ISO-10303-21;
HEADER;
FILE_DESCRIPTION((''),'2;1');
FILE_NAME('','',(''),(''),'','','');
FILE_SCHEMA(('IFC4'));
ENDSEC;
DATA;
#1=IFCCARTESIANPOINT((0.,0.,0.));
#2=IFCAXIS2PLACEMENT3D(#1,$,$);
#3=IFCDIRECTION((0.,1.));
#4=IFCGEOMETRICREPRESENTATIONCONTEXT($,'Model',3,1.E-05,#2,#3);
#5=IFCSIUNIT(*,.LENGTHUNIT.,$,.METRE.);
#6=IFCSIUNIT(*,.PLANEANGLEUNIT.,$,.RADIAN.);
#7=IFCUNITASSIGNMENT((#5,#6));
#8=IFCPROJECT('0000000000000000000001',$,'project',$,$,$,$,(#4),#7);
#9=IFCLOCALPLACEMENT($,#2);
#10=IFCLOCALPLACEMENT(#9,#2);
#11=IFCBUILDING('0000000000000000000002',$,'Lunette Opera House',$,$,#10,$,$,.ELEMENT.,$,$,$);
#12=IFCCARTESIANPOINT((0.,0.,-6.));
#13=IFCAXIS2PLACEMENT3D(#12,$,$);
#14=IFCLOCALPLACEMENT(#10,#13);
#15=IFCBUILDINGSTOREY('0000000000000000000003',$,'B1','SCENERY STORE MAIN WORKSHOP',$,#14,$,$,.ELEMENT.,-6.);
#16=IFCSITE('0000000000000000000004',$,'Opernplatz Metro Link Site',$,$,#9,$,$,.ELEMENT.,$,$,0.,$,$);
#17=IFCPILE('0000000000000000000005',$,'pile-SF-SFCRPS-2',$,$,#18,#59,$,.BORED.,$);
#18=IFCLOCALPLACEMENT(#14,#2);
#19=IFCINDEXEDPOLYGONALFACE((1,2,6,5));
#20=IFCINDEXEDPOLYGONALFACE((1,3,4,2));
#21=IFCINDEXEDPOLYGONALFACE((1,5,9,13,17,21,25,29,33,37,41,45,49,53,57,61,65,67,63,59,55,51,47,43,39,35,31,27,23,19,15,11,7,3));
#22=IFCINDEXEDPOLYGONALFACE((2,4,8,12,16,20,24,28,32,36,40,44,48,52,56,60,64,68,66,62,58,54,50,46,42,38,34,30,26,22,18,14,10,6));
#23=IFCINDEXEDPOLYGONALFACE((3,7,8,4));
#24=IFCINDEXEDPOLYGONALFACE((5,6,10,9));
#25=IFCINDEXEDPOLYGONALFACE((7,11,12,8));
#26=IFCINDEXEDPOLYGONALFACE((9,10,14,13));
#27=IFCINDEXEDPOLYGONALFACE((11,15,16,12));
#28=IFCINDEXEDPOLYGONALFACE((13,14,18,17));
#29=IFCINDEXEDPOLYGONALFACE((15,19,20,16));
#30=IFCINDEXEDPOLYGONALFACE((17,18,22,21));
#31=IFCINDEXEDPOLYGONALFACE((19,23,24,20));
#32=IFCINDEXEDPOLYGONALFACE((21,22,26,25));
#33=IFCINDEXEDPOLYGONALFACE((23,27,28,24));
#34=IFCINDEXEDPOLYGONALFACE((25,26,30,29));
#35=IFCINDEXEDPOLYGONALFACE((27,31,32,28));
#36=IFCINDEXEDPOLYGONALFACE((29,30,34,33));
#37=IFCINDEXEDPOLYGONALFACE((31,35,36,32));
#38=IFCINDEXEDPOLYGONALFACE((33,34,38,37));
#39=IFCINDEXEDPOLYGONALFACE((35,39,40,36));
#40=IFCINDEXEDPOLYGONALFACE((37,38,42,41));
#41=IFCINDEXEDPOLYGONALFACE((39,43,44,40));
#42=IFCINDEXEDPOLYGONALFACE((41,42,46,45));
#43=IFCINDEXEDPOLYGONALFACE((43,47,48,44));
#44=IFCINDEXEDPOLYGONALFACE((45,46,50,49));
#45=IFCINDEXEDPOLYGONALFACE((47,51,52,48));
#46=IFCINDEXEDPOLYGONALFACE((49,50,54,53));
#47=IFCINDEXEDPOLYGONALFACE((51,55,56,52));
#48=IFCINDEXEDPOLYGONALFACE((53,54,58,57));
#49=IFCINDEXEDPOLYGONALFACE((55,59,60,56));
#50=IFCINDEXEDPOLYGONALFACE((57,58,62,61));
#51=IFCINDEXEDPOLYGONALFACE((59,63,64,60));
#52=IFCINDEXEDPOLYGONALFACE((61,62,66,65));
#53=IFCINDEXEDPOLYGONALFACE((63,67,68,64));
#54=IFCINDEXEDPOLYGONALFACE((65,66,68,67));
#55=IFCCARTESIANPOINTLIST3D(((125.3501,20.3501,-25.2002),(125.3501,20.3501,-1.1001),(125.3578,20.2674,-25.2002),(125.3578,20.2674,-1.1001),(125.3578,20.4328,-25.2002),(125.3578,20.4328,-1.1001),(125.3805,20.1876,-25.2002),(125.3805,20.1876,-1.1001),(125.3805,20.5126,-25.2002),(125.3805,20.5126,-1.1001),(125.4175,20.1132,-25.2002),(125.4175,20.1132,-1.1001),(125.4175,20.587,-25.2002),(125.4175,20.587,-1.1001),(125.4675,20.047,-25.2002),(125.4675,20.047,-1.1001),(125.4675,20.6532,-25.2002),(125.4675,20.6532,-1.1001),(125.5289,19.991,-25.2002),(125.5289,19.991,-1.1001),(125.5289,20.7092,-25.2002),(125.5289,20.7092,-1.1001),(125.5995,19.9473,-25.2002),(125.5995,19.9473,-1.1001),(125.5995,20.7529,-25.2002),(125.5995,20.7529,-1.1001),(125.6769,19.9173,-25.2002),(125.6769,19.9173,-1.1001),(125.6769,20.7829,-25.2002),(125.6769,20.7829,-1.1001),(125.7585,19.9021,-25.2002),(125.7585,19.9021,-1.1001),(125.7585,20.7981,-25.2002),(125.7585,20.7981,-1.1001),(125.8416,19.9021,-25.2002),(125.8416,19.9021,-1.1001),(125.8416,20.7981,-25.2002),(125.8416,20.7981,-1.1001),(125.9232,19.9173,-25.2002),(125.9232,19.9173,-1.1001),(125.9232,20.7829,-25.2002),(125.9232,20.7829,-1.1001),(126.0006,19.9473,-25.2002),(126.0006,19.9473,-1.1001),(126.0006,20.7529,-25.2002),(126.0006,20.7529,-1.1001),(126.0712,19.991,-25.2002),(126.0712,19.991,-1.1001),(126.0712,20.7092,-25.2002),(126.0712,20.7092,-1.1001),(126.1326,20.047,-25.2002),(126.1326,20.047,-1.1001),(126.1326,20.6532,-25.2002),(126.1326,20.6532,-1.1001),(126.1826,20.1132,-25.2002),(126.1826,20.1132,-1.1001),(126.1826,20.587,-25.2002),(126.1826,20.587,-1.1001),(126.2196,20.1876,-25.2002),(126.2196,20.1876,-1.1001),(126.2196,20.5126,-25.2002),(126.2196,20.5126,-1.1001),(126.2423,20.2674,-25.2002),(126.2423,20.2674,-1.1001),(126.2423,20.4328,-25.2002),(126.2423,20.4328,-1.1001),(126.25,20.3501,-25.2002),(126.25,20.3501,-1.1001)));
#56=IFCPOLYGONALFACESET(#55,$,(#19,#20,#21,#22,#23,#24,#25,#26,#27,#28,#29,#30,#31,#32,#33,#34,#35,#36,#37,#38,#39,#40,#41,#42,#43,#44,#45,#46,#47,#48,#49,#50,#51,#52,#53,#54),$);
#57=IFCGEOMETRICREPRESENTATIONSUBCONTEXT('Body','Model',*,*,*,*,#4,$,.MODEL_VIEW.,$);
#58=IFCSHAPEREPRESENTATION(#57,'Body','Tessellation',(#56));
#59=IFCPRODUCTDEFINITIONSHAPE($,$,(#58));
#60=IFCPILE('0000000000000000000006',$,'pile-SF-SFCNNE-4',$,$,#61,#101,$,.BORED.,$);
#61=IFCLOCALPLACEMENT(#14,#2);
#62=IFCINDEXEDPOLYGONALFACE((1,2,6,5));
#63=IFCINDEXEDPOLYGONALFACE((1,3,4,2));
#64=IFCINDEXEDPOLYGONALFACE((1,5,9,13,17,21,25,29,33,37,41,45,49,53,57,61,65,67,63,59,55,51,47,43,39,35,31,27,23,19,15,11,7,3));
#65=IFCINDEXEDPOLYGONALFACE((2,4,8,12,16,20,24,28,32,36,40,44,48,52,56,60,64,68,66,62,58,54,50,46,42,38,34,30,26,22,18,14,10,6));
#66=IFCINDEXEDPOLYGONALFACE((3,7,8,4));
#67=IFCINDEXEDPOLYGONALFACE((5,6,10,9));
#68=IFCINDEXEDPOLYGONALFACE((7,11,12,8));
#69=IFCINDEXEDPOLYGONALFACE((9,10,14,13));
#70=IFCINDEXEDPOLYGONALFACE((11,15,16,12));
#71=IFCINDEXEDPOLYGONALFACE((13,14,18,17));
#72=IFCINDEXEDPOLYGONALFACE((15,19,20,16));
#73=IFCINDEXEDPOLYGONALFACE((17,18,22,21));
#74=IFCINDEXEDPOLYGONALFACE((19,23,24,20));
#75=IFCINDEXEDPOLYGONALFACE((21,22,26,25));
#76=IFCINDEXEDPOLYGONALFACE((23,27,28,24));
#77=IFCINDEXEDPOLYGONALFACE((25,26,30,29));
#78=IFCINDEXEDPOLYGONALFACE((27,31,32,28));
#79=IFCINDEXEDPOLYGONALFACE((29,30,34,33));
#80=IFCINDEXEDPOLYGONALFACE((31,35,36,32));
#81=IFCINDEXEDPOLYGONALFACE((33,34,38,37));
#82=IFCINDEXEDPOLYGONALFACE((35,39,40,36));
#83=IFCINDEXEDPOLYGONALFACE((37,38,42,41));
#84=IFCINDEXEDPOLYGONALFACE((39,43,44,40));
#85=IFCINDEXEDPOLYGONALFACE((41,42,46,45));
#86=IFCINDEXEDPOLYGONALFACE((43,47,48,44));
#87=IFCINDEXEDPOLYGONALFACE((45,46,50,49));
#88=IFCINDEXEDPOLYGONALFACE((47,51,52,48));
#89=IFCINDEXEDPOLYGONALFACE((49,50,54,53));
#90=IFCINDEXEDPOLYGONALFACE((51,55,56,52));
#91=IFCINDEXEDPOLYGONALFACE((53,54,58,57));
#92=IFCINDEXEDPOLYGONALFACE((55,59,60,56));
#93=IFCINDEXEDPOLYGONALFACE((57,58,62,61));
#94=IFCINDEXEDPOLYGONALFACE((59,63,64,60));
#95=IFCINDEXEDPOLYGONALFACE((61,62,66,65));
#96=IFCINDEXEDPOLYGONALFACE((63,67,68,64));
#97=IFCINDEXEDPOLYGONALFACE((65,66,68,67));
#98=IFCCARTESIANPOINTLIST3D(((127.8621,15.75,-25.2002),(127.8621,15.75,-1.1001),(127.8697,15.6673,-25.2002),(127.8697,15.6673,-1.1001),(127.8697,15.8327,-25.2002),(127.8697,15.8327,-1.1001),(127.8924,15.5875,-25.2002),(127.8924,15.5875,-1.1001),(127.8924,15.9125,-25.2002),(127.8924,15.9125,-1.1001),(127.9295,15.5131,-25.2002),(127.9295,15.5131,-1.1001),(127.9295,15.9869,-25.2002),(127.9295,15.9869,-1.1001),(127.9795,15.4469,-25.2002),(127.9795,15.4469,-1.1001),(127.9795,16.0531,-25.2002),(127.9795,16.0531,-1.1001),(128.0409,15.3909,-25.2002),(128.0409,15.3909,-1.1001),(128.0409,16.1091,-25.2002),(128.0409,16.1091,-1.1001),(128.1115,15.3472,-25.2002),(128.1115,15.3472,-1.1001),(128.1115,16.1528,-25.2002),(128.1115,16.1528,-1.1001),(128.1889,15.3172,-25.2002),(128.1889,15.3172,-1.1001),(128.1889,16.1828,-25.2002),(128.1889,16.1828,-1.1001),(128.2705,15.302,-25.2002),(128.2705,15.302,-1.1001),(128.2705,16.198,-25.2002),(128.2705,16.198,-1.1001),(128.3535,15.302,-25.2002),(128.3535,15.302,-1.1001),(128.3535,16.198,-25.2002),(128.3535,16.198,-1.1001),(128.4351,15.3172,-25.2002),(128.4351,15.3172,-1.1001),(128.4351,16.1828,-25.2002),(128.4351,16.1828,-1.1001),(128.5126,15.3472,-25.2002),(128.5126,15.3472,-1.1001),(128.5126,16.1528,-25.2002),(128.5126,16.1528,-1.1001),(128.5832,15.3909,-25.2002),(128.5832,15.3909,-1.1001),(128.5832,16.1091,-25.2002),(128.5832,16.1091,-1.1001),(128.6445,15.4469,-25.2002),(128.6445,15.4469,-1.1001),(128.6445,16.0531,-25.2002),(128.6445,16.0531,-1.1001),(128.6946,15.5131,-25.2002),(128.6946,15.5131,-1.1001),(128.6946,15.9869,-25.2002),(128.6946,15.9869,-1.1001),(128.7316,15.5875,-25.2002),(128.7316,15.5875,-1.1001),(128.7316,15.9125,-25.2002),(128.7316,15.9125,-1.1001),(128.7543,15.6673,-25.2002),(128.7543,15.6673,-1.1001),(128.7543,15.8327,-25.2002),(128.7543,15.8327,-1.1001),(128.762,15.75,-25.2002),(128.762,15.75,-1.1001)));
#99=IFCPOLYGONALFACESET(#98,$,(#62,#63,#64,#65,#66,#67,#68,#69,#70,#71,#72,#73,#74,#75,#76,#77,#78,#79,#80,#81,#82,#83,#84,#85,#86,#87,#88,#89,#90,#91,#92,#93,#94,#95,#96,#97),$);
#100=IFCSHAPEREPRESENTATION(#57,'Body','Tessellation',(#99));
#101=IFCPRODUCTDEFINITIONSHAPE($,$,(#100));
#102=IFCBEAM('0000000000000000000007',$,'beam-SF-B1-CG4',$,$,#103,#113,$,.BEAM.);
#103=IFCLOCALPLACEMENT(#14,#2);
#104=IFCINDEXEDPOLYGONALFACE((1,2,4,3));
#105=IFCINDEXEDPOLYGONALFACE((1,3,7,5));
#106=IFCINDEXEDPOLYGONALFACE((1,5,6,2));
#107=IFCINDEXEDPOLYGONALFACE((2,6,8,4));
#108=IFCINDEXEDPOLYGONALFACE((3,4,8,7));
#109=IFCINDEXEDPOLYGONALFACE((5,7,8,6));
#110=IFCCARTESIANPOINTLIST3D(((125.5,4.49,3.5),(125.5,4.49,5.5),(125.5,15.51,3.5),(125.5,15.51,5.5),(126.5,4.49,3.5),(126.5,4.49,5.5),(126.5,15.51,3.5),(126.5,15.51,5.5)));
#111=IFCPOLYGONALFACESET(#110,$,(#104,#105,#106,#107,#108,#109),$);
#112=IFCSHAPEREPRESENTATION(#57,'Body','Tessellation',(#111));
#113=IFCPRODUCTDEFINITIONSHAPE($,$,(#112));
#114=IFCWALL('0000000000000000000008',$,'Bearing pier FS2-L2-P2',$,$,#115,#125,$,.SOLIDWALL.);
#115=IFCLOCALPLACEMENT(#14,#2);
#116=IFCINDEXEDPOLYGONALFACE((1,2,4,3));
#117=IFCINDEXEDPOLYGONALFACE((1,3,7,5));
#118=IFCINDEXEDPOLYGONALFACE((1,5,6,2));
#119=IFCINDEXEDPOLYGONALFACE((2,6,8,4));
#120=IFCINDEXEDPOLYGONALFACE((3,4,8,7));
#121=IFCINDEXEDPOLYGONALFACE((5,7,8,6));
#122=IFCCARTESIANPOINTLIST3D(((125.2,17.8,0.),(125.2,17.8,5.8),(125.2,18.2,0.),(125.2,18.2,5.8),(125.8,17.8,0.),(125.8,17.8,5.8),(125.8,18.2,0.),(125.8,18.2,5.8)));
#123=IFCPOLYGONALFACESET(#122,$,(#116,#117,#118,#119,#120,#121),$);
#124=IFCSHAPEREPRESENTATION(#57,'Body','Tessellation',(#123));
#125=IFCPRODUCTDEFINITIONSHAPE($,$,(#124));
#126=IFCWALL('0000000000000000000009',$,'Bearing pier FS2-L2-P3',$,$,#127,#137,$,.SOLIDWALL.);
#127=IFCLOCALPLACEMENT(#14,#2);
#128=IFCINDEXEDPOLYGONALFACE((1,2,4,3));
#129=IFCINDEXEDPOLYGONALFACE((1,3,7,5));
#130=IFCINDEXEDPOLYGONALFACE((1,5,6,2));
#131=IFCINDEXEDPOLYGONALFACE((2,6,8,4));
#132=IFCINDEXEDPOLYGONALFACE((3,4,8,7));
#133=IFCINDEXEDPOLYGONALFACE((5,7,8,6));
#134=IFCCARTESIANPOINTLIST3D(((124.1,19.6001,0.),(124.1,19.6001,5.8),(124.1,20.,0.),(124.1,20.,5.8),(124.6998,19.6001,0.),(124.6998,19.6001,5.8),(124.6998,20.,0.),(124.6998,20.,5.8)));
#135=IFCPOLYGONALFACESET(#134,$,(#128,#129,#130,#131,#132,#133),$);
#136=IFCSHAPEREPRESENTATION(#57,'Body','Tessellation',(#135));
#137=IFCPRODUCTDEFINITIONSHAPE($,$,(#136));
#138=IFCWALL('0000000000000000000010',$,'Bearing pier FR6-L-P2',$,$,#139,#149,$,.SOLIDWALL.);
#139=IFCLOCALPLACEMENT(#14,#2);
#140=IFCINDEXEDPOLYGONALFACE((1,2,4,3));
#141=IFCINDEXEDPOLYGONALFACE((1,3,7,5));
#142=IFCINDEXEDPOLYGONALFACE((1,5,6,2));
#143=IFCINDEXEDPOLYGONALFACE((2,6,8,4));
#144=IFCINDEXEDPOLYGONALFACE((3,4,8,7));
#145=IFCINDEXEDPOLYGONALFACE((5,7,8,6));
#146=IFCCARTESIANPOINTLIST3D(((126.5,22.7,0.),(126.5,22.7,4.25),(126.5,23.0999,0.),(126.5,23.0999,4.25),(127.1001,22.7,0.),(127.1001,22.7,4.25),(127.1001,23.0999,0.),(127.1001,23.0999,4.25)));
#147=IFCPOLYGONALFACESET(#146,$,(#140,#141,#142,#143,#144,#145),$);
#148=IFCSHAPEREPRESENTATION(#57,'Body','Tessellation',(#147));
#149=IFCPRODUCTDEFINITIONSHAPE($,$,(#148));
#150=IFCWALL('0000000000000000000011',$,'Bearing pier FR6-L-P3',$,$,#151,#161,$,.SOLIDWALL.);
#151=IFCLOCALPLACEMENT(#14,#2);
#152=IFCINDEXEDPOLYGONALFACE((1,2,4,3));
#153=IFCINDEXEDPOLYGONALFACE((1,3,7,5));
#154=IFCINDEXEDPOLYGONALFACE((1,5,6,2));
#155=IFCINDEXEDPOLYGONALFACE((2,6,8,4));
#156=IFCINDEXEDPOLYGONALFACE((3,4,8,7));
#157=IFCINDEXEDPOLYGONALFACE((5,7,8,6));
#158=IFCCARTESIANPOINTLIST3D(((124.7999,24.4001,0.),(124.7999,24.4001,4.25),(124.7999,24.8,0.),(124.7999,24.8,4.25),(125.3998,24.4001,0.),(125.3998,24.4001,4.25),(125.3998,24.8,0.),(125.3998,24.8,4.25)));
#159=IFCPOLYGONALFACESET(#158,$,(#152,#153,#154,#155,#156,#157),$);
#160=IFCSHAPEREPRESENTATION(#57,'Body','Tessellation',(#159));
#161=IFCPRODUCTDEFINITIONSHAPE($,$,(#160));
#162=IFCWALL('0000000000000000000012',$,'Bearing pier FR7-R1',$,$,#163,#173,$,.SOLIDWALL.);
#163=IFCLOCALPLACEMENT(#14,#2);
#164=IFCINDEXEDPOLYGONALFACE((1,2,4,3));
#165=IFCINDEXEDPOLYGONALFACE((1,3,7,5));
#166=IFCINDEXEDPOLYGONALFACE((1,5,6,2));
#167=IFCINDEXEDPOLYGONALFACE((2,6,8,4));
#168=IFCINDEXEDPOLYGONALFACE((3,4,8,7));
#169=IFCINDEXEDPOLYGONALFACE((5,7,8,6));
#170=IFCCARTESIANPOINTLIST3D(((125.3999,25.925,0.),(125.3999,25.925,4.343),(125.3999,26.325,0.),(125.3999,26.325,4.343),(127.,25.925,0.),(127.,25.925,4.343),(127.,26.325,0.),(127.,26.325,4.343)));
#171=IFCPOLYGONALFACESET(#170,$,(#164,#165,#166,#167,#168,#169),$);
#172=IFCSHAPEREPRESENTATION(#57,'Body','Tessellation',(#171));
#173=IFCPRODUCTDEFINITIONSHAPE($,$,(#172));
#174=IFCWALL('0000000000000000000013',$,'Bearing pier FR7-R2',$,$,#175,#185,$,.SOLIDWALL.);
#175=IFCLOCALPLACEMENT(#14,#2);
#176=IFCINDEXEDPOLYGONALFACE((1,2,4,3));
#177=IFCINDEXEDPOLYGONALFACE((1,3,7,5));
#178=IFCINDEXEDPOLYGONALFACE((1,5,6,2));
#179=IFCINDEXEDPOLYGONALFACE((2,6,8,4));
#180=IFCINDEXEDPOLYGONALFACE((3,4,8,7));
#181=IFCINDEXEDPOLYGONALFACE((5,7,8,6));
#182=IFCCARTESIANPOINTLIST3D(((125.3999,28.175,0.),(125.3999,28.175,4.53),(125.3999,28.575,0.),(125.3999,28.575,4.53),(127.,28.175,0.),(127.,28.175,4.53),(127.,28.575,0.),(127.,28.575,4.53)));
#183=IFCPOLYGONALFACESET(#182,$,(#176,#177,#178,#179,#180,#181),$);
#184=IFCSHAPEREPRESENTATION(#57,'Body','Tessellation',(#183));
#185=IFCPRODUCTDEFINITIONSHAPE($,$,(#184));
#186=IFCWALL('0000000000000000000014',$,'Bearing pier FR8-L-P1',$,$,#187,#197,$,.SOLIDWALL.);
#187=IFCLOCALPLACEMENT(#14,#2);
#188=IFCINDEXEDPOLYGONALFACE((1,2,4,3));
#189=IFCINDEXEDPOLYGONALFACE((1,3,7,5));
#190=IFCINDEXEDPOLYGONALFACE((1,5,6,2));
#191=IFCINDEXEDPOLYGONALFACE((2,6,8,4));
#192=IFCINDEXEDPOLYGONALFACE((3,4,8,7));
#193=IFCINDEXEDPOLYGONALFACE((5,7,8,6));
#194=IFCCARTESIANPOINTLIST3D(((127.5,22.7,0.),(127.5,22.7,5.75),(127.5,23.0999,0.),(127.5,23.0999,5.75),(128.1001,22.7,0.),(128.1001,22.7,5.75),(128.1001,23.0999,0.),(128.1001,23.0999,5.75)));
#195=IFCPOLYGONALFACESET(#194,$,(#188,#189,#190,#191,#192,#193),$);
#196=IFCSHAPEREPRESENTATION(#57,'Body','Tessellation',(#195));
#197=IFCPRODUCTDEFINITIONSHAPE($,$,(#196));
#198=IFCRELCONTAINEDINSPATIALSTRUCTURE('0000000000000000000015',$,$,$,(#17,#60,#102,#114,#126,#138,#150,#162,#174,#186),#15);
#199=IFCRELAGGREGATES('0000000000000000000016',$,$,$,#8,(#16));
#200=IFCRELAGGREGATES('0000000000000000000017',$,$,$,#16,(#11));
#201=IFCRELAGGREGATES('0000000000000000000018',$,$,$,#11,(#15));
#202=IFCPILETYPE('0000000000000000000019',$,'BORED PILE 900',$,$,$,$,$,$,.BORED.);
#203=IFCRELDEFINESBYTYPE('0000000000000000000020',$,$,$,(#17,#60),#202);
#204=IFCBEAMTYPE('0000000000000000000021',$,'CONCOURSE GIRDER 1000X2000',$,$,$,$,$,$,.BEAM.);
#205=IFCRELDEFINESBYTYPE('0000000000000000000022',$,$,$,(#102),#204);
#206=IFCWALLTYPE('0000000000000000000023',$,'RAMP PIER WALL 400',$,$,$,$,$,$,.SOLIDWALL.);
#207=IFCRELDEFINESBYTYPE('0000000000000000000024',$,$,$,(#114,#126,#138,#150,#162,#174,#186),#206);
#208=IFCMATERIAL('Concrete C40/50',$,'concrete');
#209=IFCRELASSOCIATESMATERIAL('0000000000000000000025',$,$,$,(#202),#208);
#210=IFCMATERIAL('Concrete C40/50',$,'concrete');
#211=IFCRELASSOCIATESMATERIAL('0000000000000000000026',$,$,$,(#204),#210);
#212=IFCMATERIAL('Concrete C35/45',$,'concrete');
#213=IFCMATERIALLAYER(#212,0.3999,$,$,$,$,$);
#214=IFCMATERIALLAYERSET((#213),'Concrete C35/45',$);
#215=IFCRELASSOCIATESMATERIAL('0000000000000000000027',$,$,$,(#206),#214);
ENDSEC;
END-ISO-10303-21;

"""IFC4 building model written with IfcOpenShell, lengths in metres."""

from ifc_helpers import new_model, si_unit, direction, frame, frame_2d, origin, origin_2d, place, context, subcontext, project, spatial, rectangle, circle, extrude, material, layer, layer_set, material_profile, profile_set, type_object, element, save


model = new_model("IFC4")

# Units and contexts
model_context = context("Model", 3, precision=1e-05, world=origin(), true_north=direction((0.0, 1.0)))
body_context = subcontext(model_context, "Body", "Model", "MODEL_VIEW")
ifc_project = project(units=[si_unit("LENGTHUNIT", "METRE"), si_unit("PLANEANGLEUNIT", "RADIAN")], contexts=[model_context])

# Site, building, storey
site_placement = place(None, origin())
site = spatial("IfcSite", under=ifc_project, at=site_placement, Name="Opernplatz Metro Link Site", CompositionType="ELEMENT", RefElevation=0.0)
building_placement = place(site_placement, origin())
building = spatial("IfcBuilding", under=site, at=building_placement, Name="Lunette Opera House", CompositionType="ELEMENT")
storey_placement = place(building_placement, frame((0.0, 0.0, -6.0)))
storey = spatial("IfcBuildingStorey", under=building, at=storey_placement, Name="B1", Description="SCENERY STORE MAIN WORKSHOP", CompositionType="ELEMENT", Elevation=-6.0)

# Piles
ifc_material_1 = material(Name="Concrete C40/50", Category="concrete")
ifc_material_profile_1 = material_profile(ifc_material_1, circle(Radius=0.45, at=origin_2d()), Name="BORED PILE 900")
ifc_profile_set_1 = profile_set([ifc_material_profile_1], Name="Concrete C40/50")
pile_type = type_object("IfcPileType", Name="BORED PILE 900", PredefinedType="BORED", material=ifc_profile_set_1)
for number, where, z_axis, x_axis, name in (
    (1, (125.8, 20.3501, -1.1001), (0.0, 0.0, -1.0), (1.0, 0.0, 0.0), "pile-SF-SFCRPS-2"),
    (2, (128.312, 15.75, -1.1001), (0.0, 0.0, -1.0), (1.0, 0.0, 0.0), "pile-SF-SFCNNE-4"),
):
    element("IfcPile", number, at=place(storey_placement, frame(where, z_axis=z_axis, x_axis=x_axis)), inside=storey, type_object=pile_type, Name=name, PredefinedType="BORED", context=body_context, shape_type="SweptSolid", body=[
        extrude(circle(Radius=0.45, at=origin_2d()), origin(), (0.0, 0.0, 1.0), 24.1001),
    ])

# Beam
ifc_material_2 = material(Name="Concrete C40/50", Category="concrete")
ifc_material_profile_2 = material_profile(ifc_material_2, rectangle(XDim=1.0, YDim=2.0, at=origin_2d()), Name="CONCOURSE GIRDER 1000X2000")
ifc_profile_set_2 = profile_set([ifc_material_profile_2], Name="Concrete C40/50")
beam_type = type_object("IfcBeamType", Name="CONCOURSE GIRDER 1000X2000", PredefinedType="BEAM", material=ifc_profile_set_2)
beam_placement = place(storey_placement, frame((126.0, 4.49, 4.5), z_axis=(0.0, 1.0, 0.0), x_axis=(-1.0, 0.0, 0.0)))
element("IfcBeam", 3, at=beam_placement, inside=storey, type_object=beam_type, Name="beam-SF-B1-CG4", PredefinedType="BEAM", context=body_context, shape_type="SweptSolid", body=[
    extrude(rectangle(XDim=1.0, YDim=2.0, at=origin_2d()), origin(), (0.0, 0.0, 1.0), 11.02),
])

# Walls
ifc_material_3 = material(Name="Concrete C35/45", Category="concrete")
ifc_layer_1 = layer(ifc_material_3, 0.3999)
ifc_layer_set_1 = layer_set([ifc_layer_1], Name="Concrete C35/45")
wall_type_1 = type_object("IfcWallType", Name="RAMP PIER WALL 400", PredefinedType="SOLIDWALL", material=ifc_layer_set_1)
wall_1_placement = place(storey_placement, frame((125.2, 18.0, 0.0), z_axis=(0.0, 0.0, 1.0), x_axis=(1.0, 0.0, 0.0)))
element("IfcWall", 4, at=wall_1_placement, inside=storey, type_object=wall_type_1, Name="Bearing pier FS2-L2-P2", PredefinedType="SOLIDWALL", context=body_context, shape_type="SweptSolid", body=[
    extrude(rectangle(XDim=0.6001, YDim=0.3999, at=frame_2d((0.3, 0.0))), origin(), (0.0, 0.0, 1.0), 5.8),
])
wall_2_placement = place(storey_placement, frame((124.1001, 19.8, 0.0), z_axis=(0.0, 0.0, 1.0), x_axis=(1.0, 0.0, 0.0)))
element("IfcWall", 5, at=wall_2_placement, inside=storey, type_object=wall_type_1, Name="Bearing pier FS2-L2-P3", PredefinedType="SOLIDWALL", context=body_context, shape_type="SweptSolid", body=[
    extrude(rectangle(XDim=0.5999, YDim=0.3999, at=frame_2d((0.2998, 0.0))), origin(), (0.0, 0.0, 1.0), 5.8),
])
wall_3_placement = place(storey_placement, frame((126.5, 22.8999, 0.0), z_axis=(0.0, 0.0, 1.0), x_axis=(1.0, 0.0, 0.0)))
element("IfcWall", 6, at=wall_3_placement, inside=storey, type_object=wall_type_1, Name="Bearing pier FR6-L-P2", PredefinedType="SOLIDWALL", context=body_context, shape_type="SweptSolid", body=[
    extrude(rectangle(XDim=0.6001, YDim=0.3999, at=frame_2d((0.3, 0.0))), origin(), (0.0, 0.0, 1.0), 4.25),
])
wall_4_placement = place(storey_placement, frame((124.8, 24.6001, 0.0), z_axis=(0.0, 0.0, 1.0), x_axis=(1.0, 0.0, 0.0)))
element("IfcWall", 7, at=wall_4_placement, inside=storey, type_object=wall_type_1, Name="Bearing pier FR6-L-P3", PredefinedType="SOLIDWALL", context=body_context, shape_type="SweptSolid", body=[
    extrude(rectangle(XDim=0.5999, YDim=0.3999, at=frame_2d((0.2998, 0.0))), origin(), (0.0, 0.0, 1.0), 4.25),
])
wall_5_placement = place(storey_placement, frame((125.3999, 26.125, 0.0), z_axis=(0.0, 0.0, 1.0), x_axis=(1.0, 0.0, 0.0)))
element("IfcWall", 8, at=wall_5_placement, inside=storey, type_object=wall_type_1, Name="Bearing pier FR7-R1", PredefinedType="SOLIDWALL", context=body_context, shape_type="SweptSolid", body=[
    extrude(rectangle(XDim=1.6001, YDim=0.3999, at=frame_2d((0.8, 0.0))), origin(), (0.0, 0.0, 1.0), 4.343),
])
wall_6_placement = place(storey_placement, frame((125.3999, 28.375, 0.0), z_axis=(0.0, 0.0, 1.0), x_axis=(1.0, 0.0, 0.0)))
element("IfcWall", 9, at=wall_6_placement, inside=storey, type_object=wall_type_1, Name="Bearing pier FR7-R2", PredefinedType="SOLIDWALL", context=body_context, shape_type="SweptSolid", body=[
    extrude(rectangle(XDim=1.6001, YDim=0.3999, at=frame_2d((0.8, 0.0))), origin(), (0.0, 0.0, 1.0), 4.53),
])
for number, where, z_axis, x_axis, name in (
    (10, (127.5, 22.8999, 0.0), (0.0, 0.0, 1.0), (1.0, 0.0, 0.0), "Bearing pier FR8-L-P1"),
):
    element("IfcWall", number, at=place(storey_placement, frame(where, z_axis=z_axis, x_axis=x_axis)), inside=storey, type_object=wall_type_1, Name=name, PredefinedType="SOLIDWALL", context=body_context, shape_type="SweptSolid", body=[
        extrude(rectangle(XDim=0.6001, YDim=0.3999, at=frame_2d((0.3, 0.0))), origin(), (0.0, 0.0, 1.0), 5.75),
    ])

save(model, "model.ifc")
